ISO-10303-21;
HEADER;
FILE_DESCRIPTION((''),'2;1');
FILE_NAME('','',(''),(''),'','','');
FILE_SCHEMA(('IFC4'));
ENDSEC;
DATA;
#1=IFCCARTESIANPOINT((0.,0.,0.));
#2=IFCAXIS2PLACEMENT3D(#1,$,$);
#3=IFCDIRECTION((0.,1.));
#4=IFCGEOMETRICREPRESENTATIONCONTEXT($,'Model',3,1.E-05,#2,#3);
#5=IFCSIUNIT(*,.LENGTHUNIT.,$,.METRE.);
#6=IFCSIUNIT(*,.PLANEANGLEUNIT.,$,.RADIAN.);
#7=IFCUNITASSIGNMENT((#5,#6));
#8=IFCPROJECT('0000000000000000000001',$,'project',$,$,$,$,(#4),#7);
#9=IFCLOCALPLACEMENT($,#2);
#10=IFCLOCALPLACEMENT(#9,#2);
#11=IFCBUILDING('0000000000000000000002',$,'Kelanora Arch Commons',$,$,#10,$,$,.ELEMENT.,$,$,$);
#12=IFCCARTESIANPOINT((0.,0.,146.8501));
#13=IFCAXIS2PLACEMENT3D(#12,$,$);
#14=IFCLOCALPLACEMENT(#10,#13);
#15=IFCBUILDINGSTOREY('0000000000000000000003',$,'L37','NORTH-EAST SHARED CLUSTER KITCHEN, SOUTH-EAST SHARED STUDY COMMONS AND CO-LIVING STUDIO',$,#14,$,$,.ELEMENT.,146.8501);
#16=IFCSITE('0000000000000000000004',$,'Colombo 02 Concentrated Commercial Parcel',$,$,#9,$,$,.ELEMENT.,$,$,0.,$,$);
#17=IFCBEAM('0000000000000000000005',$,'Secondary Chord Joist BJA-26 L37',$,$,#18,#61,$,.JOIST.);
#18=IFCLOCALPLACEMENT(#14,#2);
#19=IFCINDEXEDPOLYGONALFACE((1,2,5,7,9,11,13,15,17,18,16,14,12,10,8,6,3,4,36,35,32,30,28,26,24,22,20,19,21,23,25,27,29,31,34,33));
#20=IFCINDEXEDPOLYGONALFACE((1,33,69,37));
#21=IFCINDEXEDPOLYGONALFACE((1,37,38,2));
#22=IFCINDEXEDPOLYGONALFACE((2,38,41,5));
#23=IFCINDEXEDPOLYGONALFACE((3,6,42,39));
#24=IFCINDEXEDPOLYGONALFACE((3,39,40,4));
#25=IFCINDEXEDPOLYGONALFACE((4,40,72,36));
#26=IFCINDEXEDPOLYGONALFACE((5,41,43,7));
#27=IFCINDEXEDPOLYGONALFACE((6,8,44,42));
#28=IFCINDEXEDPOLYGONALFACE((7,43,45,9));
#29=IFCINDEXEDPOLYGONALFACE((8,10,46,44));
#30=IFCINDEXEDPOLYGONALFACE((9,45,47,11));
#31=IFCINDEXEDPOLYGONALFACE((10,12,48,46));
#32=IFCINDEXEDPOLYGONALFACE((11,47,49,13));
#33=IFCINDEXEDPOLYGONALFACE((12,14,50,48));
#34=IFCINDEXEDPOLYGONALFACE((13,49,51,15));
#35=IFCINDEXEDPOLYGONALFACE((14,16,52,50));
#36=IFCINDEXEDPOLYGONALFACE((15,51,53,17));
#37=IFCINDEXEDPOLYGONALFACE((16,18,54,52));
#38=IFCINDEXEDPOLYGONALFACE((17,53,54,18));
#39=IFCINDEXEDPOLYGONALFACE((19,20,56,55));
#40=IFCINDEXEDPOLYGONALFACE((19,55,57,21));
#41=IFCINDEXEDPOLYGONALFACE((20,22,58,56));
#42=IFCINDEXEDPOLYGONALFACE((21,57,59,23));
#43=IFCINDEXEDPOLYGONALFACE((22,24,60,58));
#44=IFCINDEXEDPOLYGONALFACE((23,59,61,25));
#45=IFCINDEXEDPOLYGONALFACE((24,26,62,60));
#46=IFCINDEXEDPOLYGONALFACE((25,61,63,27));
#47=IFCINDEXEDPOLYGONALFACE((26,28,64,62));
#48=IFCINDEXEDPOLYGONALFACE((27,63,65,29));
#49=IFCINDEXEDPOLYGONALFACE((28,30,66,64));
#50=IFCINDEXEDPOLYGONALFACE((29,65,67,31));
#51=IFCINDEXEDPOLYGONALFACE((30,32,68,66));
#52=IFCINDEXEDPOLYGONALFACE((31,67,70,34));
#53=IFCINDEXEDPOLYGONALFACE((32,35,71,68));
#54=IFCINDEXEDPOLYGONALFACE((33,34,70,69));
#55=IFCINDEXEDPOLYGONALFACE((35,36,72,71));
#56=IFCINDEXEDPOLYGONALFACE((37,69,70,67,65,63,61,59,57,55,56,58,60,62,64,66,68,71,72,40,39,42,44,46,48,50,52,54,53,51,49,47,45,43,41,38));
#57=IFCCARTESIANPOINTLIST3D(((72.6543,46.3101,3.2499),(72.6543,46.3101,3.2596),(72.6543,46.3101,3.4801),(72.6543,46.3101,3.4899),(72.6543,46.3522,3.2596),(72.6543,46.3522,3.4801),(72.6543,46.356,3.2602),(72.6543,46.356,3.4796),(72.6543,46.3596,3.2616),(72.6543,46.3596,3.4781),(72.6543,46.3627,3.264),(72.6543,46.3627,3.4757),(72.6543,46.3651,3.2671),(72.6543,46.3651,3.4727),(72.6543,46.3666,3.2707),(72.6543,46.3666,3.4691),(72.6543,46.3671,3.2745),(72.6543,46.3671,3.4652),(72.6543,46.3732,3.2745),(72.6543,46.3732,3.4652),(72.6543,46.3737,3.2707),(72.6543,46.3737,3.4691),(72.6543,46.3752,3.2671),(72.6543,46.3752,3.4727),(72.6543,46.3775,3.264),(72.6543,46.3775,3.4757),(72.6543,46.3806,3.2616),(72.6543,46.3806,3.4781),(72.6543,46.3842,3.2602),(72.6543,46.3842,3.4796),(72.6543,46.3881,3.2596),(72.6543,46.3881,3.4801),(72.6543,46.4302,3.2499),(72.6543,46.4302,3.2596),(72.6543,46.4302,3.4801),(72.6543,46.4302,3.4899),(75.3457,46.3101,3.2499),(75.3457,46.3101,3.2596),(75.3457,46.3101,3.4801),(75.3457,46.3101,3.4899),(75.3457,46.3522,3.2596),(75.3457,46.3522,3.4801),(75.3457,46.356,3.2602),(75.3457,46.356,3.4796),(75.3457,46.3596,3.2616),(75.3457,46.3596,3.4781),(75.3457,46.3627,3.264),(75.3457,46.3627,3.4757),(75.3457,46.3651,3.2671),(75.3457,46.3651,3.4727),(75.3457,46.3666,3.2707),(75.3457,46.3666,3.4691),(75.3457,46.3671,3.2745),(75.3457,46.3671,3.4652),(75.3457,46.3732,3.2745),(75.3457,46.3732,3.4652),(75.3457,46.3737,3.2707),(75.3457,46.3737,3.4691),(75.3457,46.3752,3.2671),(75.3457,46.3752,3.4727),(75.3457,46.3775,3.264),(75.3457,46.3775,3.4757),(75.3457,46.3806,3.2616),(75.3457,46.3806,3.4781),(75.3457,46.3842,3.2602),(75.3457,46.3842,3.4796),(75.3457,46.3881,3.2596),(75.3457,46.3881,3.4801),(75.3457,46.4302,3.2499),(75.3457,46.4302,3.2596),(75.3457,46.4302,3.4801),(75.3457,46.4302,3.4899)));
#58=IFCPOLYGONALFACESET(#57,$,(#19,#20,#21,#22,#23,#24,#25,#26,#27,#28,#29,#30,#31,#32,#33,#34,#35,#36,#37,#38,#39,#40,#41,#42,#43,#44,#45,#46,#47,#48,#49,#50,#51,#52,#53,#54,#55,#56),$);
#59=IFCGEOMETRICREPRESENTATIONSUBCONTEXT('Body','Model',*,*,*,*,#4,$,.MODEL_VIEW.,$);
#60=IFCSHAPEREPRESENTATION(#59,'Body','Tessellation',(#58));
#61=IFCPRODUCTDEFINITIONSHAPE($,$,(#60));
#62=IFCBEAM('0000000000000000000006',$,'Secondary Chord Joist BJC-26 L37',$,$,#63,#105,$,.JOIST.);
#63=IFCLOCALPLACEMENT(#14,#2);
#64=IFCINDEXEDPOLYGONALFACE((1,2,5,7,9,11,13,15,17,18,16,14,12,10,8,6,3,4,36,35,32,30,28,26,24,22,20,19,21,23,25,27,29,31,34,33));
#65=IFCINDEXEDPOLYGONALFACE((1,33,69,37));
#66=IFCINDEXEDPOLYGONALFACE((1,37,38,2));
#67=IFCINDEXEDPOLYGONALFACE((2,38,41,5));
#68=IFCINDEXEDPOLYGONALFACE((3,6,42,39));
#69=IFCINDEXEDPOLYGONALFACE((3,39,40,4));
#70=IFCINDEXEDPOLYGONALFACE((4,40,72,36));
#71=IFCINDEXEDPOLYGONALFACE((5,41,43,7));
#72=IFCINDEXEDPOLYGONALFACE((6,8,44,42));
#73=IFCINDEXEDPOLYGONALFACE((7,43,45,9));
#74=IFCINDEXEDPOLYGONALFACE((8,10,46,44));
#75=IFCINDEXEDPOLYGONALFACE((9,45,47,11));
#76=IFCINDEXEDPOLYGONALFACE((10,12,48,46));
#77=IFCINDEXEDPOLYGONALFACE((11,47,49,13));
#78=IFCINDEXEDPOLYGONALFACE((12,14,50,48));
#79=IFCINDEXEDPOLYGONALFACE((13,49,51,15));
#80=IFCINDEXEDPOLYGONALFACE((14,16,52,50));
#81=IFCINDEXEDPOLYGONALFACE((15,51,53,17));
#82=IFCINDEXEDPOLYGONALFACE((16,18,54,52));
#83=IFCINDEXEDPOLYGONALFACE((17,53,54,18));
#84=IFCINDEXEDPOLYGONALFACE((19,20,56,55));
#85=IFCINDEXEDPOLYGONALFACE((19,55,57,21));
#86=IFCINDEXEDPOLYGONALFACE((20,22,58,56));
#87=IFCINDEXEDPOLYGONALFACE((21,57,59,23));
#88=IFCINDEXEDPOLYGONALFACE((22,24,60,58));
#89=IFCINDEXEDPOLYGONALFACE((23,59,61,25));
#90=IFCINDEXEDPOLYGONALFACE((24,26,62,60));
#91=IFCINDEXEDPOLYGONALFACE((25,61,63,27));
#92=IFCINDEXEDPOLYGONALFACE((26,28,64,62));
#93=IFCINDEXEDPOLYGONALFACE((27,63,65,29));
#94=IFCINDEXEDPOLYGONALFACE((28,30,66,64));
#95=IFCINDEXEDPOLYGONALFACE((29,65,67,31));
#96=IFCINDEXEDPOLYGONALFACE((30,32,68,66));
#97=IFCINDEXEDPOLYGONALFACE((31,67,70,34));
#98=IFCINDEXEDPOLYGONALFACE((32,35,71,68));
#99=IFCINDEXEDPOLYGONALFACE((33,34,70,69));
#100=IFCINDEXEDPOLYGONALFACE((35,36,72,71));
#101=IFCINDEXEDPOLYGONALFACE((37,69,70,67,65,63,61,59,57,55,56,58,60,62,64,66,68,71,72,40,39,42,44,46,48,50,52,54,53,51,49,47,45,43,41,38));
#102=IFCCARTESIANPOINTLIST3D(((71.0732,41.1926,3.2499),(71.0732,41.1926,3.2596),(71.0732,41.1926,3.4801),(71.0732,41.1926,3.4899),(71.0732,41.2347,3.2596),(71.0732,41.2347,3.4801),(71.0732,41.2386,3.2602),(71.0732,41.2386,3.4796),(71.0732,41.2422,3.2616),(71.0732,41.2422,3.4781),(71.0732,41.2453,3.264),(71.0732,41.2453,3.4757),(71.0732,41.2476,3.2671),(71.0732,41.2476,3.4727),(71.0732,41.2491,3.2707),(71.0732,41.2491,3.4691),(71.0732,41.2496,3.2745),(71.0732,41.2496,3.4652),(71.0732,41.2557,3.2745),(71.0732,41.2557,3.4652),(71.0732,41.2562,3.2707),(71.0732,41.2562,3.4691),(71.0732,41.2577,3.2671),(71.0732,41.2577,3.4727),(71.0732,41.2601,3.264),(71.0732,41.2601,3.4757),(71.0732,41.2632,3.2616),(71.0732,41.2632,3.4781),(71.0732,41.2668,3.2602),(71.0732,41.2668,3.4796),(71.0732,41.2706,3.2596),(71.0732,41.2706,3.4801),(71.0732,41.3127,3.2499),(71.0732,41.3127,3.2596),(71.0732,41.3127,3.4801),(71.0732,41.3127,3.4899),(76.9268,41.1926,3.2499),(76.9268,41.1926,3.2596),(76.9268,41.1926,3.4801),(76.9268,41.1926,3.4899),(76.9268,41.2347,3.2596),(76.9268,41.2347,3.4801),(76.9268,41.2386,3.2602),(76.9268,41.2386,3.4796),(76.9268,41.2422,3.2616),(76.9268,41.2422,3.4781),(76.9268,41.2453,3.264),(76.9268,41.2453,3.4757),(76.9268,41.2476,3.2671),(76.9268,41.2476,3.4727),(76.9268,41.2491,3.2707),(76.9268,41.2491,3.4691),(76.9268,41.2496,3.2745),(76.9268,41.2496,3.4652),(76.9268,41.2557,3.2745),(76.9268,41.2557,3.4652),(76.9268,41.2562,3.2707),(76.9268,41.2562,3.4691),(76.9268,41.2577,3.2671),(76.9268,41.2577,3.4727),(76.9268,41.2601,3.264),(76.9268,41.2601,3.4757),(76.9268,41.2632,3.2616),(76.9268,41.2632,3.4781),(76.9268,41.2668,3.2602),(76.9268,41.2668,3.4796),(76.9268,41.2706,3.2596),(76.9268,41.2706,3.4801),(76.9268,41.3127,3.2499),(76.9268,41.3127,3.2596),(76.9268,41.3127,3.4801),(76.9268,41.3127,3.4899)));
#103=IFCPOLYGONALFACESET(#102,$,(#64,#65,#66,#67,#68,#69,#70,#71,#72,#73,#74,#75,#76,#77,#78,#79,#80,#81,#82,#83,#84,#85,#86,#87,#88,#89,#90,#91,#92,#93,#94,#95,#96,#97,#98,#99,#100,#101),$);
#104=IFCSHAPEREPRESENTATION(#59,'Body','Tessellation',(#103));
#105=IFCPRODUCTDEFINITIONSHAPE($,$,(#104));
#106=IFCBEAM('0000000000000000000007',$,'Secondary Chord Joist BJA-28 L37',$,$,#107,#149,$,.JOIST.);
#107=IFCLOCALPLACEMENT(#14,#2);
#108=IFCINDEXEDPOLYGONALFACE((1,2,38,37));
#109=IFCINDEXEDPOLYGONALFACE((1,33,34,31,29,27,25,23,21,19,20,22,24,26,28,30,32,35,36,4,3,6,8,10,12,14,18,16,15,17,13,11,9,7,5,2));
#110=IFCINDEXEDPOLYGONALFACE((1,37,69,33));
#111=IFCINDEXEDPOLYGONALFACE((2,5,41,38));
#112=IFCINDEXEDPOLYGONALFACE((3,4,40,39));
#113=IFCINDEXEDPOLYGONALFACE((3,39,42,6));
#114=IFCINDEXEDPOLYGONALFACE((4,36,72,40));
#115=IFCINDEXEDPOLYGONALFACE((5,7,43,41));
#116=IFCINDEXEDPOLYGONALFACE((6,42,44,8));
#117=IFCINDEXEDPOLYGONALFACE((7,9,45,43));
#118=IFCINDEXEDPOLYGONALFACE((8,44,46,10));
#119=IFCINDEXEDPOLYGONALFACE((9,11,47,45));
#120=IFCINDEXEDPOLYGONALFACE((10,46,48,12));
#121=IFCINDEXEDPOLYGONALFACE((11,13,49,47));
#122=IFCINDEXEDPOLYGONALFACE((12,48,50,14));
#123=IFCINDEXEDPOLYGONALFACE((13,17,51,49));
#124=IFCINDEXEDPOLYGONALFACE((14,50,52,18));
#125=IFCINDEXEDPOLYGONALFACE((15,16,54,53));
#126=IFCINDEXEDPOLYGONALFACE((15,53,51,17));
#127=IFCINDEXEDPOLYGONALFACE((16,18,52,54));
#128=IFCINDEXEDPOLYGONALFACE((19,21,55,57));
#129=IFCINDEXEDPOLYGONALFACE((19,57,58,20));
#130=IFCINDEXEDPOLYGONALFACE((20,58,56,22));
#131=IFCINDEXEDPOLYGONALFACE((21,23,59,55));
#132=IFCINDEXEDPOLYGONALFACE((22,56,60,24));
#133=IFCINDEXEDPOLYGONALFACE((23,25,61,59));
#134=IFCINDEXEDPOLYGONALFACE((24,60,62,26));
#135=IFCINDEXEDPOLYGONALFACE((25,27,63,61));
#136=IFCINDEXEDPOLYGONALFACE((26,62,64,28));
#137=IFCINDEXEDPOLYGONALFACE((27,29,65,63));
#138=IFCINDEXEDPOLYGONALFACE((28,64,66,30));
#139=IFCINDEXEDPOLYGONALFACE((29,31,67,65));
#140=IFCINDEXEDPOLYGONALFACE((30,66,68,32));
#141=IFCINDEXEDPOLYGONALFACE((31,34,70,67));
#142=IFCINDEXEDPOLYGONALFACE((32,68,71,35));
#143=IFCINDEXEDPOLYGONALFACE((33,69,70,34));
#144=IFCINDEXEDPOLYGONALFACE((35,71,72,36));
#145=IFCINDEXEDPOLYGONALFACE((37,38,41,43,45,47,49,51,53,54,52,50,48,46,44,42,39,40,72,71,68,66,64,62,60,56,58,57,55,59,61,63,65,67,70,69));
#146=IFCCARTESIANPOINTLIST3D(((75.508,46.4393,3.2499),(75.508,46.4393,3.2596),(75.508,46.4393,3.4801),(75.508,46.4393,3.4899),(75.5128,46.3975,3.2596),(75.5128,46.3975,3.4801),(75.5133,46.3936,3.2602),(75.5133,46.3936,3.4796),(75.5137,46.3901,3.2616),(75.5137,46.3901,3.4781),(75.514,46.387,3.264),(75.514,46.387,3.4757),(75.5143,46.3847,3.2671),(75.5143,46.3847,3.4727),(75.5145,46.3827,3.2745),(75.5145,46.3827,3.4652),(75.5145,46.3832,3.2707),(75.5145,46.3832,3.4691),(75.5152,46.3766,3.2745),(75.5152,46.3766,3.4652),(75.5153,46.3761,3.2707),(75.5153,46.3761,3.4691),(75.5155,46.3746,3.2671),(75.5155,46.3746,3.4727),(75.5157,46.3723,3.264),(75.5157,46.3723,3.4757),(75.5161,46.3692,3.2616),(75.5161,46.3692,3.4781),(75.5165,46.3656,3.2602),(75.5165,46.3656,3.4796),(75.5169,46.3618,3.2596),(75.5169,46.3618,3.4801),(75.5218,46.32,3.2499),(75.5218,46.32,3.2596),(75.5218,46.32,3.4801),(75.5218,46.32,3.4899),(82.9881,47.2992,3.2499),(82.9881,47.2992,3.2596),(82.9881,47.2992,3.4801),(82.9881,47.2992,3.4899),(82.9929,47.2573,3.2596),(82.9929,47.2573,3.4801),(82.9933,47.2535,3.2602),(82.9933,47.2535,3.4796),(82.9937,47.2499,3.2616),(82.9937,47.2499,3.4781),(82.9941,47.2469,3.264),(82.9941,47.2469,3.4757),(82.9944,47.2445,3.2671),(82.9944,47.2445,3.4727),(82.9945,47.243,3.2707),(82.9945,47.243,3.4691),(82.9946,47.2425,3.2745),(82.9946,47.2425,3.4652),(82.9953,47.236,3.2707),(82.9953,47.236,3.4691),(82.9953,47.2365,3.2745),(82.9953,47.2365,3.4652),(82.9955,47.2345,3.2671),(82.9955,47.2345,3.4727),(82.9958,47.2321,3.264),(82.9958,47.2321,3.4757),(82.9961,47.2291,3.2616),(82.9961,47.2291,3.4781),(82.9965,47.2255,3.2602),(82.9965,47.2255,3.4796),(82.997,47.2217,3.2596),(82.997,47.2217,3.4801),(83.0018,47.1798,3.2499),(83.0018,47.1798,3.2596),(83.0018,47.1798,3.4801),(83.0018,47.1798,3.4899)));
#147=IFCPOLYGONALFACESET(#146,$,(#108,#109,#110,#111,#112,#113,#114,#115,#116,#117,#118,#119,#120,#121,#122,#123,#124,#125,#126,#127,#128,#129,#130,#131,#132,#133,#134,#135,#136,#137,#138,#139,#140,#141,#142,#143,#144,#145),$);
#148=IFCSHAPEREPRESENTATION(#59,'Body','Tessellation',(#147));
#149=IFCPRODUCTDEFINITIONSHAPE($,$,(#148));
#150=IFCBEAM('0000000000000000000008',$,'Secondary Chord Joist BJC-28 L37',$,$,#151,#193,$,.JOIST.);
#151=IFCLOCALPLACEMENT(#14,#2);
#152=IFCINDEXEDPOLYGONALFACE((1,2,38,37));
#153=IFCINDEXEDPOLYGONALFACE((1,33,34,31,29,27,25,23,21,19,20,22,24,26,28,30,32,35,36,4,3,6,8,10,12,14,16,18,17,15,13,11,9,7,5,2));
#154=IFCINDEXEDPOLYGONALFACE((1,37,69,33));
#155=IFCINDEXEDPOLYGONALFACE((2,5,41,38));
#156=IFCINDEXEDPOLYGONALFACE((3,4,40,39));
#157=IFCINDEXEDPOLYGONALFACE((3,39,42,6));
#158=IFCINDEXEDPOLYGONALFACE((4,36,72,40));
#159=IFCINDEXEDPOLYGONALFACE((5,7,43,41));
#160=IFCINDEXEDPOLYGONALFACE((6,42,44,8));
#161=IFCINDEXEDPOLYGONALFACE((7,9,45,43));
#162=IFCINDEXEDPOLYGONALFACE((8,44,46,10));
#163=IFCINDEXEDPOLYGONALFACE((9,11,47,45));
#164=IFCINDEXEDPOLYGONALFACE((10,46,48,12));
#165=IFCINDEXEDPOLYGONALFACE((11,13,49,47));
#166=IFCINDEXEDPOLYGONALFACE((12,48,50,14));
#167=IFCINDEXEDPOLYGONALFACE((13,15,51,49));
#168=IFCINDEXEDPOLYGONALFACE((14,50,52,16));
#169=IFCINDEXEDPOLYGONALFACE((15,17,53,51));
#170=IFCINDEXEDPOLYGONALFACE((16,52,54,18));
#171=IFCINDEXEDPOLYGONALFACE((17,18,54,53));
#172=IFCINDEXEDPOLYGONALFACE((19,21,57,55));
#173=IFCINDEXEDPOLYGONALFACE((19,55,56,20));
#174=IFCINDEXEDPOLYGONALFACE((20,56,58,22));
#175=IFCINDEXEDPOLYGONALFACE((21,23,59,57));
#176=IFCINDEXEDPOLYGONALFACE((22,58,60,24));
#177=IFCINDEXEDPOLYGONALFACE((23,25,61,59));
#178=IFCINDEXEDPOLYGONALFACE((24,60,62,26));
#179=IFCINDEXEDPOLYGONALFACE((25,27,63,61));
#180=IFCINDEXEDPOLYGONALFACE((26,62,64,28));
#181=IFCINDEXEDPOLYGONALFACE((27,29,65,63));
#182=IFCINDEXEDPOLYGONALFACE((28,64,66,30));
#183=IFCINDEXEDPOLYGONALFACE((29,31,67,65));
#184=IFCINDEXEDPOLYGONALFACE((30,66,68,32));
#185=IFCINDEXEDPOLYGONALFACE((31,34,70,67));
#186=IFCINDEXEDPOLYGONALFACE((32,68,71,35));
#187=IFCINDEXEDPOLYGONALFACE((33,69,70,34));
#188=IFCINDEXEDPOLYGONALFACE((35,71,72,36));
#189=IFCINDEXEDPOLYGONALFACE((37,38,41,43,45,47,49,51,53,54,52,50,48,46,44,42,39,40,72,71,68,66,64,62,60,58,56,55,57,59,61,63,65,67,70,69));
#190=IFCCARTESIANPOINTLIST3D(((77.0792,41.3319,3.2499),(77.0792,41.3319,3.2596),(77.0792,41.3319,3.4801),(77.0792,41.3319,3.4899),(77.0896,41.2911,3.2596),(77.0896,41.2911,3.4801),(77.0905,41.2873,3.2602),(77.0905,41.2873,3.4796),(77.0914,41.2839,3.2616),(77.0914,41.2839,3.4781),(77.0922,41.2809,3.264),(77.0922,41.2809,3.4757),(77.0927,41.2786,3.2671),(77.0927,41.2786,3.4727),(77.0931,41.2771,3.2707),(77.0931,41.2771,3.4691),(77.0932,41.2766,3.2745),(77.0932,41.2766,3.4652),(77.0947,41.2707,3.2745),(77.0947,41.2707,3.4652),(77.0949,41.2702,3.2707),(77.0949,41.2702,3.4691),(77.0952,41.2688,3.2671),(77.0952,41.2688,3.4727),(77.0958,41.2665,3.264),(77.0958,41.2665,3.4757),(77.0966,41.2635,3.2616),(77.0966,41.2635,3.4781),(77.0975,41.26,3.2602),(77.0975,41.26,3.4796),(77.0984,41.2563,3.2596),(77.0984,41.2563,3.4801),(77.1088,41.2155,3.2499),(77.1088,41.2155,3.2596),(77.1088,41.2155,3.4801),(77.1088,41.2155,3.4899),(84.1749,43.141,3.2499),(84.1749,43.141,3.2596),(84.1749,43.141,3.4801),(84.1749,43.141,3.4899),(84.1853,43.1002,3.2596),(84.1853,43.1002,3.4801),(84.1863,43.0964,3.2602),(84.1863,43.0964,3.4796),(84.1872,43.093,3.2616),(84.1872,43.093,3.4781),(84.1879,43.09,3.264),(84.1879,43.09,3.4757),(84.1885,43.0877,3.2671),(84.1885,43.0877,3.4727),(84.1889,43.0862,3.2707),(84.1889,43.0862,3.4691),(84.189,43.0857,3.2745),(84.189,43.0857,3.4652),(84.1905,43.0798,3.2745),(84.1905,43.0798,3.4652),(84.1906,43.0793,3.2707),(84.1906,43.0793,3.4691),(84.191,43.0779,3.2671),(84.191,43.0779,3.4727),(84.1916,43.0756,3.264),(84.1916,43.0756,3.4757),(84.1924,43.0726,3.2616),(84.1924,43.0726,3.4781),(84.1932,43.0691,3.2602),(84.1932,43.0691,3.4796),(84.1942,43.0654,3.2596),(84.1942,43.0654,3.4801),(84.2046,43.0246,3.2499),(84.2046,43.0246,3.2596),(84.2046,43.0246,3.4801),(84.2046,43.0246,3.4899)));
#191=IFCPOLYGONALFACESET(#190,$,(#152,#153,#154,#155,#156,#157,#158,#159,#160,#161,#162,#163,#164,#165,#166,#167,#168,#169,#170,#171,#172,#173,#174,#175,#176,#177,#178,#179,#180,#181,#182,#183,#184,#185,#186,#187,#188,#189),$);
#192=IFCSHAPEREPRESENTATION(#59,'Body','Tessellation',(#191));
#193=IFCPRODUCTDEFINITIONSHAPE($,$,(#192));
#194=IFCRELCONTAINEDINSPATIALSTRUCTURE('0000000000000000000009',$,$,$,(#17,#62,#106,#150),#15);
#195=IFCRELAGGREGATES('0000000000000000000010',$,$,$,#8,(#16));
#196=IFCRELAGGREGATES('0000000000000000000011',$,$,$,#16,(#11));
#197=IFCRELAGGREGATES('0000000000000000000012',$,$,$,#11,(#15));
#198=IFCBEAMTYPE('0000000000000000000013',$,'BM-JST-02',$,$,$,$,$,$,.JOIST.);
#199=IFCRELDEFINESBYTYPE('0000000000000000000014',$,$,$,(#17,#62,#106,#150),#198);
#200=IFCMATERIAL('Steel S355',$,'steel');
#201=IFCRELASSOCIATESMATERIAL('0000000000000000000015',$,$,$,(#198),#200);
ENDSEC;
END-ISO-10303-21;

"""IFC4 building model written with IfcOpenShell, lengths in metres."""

from ifc_helpers import new_model, si_unit, direction, frame, origin, origin_2d, place, context, subcontext, project, spatial, i_section, extrude, material, material_profile, profile_set, type_object, element, save


model = new_model("IFC4")

# Units and contexts
model_context = context("Model", 3, precision=1e-05, world=origin(), true_north=direction((0.0, 1.0)))
body_context = subcontext(model_context, "Body", "Model", "MODEL_VIEW")
ifc_project = project(units=[si_unit("LENGTHUNIT", "METRE"), si_unit("PLANEANGLEUNIT", "RADIAN")], contexts=[model_context])

# Site, building, storey
site_placement = place(None, origin())
site = spatial("IfcSite", under=ifc_project, at=site_placement, Name="Colombo 02 Concentrated Commercial Parcel", CompositionType="ELEMENT", RefElevation=0.0)
building_placement = place(site_placement, origin())
building = spatial("IfcBuilding", under=site, at=building_placement, Name="Kelanora Arch Commons", CompositionType="ELEMENT")
storey_placement = place(building_placement, frame((0.0, 0.0, 146.8501)))
storey = spatial("IfcBuildingStorey", under=building, at=storey_placement, Name="L37", Description="NORTH-EAST SHARED CLUSTER KITCHEN, SOUTH-EAST SHARED STUDY COMMONS AND CO-LIVING STUDIO", CompositionType="ELEMENT", Elevation=146.8501)

# Beams
ifc_material_1 = material(Name="Steel S355", Category="steel")
ifc_material_profile_1 = material_profile(ifc_material_1, i_section(OverallWidth=0.1201, OverallDepth=0.24, WebThickness=0.0061, FlangeThickness=0.0098, FilletRadius=0.0149, at=origin_2d()), Name="IPE240")
ifc_profile_set_1 = profile_set([ifc_material_profile_1], Name="Steel S355")
beam_type_1 = type_object("IfcBeamType", Name="BM-JST-02", PredefinedType="JOIST", material=ifc_profile_set_1)
beam_1_placement = place(storey_placement, frame((72.6543, 46.3701, 3.3699), z_axis=(1.0, 0.0, 0.0), x_axis=(0.0, 1.0, 0.0)))
element("IfcBeam", 1, at=beam_1_placement, inside=storey, type_object=beam_type_1, Name="Secondary Chord Joist BJA-26 L37", PredefinedType="JOIST", context=body_context, shape_type="SweptSolid", body=[
    extrude(i_section(OverallWidth=0.1201, OverallDepth=0.24, WebThickness=0.0061, FlangeThickness=0.0098, FilletRadius=0.0149, at=origin_2d()), origin(), (0.0, 0.0, 1.0), 2.6914),
])
beam_2_placement = place(storey_placement, frame((71.0732, 41.2527, 3.3699), z_axis=(1.0, 0.0, 0.0), x_axis=(0.0, 1.0, 0.0)))
element("IfcBeam", 2, at=beam_2_placement, inside=storey, type_object=beam_type_1, Name="Secondary Chord Joist BJC-26 L37", PredefinedType="JOIST", context=body_context, shape_type="SweptSolid", body=[
    extrude(i_section(OverallWidth=0.1201, OverallDepth=0.24, WebThickness=0.0061, FlangeThickness=0.0098, FilletRadius=0.0149, at=origin_2d()), origin(), (0.0, 0.0, 1.0), 5.8535),
])
beam_3_placement = place(storey_placement, frame((75.5149, 46.3796, 3.3699), z_axis=(0.993457, 0.114203, 0.0), x_axis=(-0.114203, 0.993457, 0.0)))
element("IfcBeam", 3, at=beam_3_placement, inside=storey, type_object=beam_type_1, Name="Secondary Chord Joist BJA-28 L37", PredefinedType="JOIST", context=body_context, shape_type="SweptSolid", body=[
    extrude(i_section(OverallWidth=0.1201, OverallDepth=0.24, WebThickness=0.0061, FlangeThickness=0.0098, FilletRadius=0.0149, at=origin_2d()), origin(), (0.0, 0.0, 1.0), 7.5293),
])
beam_4_placement = place(storey_placement, frame((77.094, 41.2737, 3.3699), z_axis=(0.969002, 0.247052, 0.0), x_axis=(-0.247052, 0.969002, 0.0)))
element("IfcBeam", 4, at=beam_4_placement, inside=storey, type_object=beam_type_1, Name="Secondary Chord Joist BJC-28 L37", PredefinedType="JOIST", context=body_context, shape_type="SweptSolid", body=[
    extrude(i_section(OverallWidth=0.1201, OverallDepth=0.24, WebThickness=0.0061, FlangeThickness=0.0098, FilletRadius=0.0149, at=origin_2d()), origin(), (0.0, 0.0, 1.0), 7.3228),
])

save(model, "model.ifc")
